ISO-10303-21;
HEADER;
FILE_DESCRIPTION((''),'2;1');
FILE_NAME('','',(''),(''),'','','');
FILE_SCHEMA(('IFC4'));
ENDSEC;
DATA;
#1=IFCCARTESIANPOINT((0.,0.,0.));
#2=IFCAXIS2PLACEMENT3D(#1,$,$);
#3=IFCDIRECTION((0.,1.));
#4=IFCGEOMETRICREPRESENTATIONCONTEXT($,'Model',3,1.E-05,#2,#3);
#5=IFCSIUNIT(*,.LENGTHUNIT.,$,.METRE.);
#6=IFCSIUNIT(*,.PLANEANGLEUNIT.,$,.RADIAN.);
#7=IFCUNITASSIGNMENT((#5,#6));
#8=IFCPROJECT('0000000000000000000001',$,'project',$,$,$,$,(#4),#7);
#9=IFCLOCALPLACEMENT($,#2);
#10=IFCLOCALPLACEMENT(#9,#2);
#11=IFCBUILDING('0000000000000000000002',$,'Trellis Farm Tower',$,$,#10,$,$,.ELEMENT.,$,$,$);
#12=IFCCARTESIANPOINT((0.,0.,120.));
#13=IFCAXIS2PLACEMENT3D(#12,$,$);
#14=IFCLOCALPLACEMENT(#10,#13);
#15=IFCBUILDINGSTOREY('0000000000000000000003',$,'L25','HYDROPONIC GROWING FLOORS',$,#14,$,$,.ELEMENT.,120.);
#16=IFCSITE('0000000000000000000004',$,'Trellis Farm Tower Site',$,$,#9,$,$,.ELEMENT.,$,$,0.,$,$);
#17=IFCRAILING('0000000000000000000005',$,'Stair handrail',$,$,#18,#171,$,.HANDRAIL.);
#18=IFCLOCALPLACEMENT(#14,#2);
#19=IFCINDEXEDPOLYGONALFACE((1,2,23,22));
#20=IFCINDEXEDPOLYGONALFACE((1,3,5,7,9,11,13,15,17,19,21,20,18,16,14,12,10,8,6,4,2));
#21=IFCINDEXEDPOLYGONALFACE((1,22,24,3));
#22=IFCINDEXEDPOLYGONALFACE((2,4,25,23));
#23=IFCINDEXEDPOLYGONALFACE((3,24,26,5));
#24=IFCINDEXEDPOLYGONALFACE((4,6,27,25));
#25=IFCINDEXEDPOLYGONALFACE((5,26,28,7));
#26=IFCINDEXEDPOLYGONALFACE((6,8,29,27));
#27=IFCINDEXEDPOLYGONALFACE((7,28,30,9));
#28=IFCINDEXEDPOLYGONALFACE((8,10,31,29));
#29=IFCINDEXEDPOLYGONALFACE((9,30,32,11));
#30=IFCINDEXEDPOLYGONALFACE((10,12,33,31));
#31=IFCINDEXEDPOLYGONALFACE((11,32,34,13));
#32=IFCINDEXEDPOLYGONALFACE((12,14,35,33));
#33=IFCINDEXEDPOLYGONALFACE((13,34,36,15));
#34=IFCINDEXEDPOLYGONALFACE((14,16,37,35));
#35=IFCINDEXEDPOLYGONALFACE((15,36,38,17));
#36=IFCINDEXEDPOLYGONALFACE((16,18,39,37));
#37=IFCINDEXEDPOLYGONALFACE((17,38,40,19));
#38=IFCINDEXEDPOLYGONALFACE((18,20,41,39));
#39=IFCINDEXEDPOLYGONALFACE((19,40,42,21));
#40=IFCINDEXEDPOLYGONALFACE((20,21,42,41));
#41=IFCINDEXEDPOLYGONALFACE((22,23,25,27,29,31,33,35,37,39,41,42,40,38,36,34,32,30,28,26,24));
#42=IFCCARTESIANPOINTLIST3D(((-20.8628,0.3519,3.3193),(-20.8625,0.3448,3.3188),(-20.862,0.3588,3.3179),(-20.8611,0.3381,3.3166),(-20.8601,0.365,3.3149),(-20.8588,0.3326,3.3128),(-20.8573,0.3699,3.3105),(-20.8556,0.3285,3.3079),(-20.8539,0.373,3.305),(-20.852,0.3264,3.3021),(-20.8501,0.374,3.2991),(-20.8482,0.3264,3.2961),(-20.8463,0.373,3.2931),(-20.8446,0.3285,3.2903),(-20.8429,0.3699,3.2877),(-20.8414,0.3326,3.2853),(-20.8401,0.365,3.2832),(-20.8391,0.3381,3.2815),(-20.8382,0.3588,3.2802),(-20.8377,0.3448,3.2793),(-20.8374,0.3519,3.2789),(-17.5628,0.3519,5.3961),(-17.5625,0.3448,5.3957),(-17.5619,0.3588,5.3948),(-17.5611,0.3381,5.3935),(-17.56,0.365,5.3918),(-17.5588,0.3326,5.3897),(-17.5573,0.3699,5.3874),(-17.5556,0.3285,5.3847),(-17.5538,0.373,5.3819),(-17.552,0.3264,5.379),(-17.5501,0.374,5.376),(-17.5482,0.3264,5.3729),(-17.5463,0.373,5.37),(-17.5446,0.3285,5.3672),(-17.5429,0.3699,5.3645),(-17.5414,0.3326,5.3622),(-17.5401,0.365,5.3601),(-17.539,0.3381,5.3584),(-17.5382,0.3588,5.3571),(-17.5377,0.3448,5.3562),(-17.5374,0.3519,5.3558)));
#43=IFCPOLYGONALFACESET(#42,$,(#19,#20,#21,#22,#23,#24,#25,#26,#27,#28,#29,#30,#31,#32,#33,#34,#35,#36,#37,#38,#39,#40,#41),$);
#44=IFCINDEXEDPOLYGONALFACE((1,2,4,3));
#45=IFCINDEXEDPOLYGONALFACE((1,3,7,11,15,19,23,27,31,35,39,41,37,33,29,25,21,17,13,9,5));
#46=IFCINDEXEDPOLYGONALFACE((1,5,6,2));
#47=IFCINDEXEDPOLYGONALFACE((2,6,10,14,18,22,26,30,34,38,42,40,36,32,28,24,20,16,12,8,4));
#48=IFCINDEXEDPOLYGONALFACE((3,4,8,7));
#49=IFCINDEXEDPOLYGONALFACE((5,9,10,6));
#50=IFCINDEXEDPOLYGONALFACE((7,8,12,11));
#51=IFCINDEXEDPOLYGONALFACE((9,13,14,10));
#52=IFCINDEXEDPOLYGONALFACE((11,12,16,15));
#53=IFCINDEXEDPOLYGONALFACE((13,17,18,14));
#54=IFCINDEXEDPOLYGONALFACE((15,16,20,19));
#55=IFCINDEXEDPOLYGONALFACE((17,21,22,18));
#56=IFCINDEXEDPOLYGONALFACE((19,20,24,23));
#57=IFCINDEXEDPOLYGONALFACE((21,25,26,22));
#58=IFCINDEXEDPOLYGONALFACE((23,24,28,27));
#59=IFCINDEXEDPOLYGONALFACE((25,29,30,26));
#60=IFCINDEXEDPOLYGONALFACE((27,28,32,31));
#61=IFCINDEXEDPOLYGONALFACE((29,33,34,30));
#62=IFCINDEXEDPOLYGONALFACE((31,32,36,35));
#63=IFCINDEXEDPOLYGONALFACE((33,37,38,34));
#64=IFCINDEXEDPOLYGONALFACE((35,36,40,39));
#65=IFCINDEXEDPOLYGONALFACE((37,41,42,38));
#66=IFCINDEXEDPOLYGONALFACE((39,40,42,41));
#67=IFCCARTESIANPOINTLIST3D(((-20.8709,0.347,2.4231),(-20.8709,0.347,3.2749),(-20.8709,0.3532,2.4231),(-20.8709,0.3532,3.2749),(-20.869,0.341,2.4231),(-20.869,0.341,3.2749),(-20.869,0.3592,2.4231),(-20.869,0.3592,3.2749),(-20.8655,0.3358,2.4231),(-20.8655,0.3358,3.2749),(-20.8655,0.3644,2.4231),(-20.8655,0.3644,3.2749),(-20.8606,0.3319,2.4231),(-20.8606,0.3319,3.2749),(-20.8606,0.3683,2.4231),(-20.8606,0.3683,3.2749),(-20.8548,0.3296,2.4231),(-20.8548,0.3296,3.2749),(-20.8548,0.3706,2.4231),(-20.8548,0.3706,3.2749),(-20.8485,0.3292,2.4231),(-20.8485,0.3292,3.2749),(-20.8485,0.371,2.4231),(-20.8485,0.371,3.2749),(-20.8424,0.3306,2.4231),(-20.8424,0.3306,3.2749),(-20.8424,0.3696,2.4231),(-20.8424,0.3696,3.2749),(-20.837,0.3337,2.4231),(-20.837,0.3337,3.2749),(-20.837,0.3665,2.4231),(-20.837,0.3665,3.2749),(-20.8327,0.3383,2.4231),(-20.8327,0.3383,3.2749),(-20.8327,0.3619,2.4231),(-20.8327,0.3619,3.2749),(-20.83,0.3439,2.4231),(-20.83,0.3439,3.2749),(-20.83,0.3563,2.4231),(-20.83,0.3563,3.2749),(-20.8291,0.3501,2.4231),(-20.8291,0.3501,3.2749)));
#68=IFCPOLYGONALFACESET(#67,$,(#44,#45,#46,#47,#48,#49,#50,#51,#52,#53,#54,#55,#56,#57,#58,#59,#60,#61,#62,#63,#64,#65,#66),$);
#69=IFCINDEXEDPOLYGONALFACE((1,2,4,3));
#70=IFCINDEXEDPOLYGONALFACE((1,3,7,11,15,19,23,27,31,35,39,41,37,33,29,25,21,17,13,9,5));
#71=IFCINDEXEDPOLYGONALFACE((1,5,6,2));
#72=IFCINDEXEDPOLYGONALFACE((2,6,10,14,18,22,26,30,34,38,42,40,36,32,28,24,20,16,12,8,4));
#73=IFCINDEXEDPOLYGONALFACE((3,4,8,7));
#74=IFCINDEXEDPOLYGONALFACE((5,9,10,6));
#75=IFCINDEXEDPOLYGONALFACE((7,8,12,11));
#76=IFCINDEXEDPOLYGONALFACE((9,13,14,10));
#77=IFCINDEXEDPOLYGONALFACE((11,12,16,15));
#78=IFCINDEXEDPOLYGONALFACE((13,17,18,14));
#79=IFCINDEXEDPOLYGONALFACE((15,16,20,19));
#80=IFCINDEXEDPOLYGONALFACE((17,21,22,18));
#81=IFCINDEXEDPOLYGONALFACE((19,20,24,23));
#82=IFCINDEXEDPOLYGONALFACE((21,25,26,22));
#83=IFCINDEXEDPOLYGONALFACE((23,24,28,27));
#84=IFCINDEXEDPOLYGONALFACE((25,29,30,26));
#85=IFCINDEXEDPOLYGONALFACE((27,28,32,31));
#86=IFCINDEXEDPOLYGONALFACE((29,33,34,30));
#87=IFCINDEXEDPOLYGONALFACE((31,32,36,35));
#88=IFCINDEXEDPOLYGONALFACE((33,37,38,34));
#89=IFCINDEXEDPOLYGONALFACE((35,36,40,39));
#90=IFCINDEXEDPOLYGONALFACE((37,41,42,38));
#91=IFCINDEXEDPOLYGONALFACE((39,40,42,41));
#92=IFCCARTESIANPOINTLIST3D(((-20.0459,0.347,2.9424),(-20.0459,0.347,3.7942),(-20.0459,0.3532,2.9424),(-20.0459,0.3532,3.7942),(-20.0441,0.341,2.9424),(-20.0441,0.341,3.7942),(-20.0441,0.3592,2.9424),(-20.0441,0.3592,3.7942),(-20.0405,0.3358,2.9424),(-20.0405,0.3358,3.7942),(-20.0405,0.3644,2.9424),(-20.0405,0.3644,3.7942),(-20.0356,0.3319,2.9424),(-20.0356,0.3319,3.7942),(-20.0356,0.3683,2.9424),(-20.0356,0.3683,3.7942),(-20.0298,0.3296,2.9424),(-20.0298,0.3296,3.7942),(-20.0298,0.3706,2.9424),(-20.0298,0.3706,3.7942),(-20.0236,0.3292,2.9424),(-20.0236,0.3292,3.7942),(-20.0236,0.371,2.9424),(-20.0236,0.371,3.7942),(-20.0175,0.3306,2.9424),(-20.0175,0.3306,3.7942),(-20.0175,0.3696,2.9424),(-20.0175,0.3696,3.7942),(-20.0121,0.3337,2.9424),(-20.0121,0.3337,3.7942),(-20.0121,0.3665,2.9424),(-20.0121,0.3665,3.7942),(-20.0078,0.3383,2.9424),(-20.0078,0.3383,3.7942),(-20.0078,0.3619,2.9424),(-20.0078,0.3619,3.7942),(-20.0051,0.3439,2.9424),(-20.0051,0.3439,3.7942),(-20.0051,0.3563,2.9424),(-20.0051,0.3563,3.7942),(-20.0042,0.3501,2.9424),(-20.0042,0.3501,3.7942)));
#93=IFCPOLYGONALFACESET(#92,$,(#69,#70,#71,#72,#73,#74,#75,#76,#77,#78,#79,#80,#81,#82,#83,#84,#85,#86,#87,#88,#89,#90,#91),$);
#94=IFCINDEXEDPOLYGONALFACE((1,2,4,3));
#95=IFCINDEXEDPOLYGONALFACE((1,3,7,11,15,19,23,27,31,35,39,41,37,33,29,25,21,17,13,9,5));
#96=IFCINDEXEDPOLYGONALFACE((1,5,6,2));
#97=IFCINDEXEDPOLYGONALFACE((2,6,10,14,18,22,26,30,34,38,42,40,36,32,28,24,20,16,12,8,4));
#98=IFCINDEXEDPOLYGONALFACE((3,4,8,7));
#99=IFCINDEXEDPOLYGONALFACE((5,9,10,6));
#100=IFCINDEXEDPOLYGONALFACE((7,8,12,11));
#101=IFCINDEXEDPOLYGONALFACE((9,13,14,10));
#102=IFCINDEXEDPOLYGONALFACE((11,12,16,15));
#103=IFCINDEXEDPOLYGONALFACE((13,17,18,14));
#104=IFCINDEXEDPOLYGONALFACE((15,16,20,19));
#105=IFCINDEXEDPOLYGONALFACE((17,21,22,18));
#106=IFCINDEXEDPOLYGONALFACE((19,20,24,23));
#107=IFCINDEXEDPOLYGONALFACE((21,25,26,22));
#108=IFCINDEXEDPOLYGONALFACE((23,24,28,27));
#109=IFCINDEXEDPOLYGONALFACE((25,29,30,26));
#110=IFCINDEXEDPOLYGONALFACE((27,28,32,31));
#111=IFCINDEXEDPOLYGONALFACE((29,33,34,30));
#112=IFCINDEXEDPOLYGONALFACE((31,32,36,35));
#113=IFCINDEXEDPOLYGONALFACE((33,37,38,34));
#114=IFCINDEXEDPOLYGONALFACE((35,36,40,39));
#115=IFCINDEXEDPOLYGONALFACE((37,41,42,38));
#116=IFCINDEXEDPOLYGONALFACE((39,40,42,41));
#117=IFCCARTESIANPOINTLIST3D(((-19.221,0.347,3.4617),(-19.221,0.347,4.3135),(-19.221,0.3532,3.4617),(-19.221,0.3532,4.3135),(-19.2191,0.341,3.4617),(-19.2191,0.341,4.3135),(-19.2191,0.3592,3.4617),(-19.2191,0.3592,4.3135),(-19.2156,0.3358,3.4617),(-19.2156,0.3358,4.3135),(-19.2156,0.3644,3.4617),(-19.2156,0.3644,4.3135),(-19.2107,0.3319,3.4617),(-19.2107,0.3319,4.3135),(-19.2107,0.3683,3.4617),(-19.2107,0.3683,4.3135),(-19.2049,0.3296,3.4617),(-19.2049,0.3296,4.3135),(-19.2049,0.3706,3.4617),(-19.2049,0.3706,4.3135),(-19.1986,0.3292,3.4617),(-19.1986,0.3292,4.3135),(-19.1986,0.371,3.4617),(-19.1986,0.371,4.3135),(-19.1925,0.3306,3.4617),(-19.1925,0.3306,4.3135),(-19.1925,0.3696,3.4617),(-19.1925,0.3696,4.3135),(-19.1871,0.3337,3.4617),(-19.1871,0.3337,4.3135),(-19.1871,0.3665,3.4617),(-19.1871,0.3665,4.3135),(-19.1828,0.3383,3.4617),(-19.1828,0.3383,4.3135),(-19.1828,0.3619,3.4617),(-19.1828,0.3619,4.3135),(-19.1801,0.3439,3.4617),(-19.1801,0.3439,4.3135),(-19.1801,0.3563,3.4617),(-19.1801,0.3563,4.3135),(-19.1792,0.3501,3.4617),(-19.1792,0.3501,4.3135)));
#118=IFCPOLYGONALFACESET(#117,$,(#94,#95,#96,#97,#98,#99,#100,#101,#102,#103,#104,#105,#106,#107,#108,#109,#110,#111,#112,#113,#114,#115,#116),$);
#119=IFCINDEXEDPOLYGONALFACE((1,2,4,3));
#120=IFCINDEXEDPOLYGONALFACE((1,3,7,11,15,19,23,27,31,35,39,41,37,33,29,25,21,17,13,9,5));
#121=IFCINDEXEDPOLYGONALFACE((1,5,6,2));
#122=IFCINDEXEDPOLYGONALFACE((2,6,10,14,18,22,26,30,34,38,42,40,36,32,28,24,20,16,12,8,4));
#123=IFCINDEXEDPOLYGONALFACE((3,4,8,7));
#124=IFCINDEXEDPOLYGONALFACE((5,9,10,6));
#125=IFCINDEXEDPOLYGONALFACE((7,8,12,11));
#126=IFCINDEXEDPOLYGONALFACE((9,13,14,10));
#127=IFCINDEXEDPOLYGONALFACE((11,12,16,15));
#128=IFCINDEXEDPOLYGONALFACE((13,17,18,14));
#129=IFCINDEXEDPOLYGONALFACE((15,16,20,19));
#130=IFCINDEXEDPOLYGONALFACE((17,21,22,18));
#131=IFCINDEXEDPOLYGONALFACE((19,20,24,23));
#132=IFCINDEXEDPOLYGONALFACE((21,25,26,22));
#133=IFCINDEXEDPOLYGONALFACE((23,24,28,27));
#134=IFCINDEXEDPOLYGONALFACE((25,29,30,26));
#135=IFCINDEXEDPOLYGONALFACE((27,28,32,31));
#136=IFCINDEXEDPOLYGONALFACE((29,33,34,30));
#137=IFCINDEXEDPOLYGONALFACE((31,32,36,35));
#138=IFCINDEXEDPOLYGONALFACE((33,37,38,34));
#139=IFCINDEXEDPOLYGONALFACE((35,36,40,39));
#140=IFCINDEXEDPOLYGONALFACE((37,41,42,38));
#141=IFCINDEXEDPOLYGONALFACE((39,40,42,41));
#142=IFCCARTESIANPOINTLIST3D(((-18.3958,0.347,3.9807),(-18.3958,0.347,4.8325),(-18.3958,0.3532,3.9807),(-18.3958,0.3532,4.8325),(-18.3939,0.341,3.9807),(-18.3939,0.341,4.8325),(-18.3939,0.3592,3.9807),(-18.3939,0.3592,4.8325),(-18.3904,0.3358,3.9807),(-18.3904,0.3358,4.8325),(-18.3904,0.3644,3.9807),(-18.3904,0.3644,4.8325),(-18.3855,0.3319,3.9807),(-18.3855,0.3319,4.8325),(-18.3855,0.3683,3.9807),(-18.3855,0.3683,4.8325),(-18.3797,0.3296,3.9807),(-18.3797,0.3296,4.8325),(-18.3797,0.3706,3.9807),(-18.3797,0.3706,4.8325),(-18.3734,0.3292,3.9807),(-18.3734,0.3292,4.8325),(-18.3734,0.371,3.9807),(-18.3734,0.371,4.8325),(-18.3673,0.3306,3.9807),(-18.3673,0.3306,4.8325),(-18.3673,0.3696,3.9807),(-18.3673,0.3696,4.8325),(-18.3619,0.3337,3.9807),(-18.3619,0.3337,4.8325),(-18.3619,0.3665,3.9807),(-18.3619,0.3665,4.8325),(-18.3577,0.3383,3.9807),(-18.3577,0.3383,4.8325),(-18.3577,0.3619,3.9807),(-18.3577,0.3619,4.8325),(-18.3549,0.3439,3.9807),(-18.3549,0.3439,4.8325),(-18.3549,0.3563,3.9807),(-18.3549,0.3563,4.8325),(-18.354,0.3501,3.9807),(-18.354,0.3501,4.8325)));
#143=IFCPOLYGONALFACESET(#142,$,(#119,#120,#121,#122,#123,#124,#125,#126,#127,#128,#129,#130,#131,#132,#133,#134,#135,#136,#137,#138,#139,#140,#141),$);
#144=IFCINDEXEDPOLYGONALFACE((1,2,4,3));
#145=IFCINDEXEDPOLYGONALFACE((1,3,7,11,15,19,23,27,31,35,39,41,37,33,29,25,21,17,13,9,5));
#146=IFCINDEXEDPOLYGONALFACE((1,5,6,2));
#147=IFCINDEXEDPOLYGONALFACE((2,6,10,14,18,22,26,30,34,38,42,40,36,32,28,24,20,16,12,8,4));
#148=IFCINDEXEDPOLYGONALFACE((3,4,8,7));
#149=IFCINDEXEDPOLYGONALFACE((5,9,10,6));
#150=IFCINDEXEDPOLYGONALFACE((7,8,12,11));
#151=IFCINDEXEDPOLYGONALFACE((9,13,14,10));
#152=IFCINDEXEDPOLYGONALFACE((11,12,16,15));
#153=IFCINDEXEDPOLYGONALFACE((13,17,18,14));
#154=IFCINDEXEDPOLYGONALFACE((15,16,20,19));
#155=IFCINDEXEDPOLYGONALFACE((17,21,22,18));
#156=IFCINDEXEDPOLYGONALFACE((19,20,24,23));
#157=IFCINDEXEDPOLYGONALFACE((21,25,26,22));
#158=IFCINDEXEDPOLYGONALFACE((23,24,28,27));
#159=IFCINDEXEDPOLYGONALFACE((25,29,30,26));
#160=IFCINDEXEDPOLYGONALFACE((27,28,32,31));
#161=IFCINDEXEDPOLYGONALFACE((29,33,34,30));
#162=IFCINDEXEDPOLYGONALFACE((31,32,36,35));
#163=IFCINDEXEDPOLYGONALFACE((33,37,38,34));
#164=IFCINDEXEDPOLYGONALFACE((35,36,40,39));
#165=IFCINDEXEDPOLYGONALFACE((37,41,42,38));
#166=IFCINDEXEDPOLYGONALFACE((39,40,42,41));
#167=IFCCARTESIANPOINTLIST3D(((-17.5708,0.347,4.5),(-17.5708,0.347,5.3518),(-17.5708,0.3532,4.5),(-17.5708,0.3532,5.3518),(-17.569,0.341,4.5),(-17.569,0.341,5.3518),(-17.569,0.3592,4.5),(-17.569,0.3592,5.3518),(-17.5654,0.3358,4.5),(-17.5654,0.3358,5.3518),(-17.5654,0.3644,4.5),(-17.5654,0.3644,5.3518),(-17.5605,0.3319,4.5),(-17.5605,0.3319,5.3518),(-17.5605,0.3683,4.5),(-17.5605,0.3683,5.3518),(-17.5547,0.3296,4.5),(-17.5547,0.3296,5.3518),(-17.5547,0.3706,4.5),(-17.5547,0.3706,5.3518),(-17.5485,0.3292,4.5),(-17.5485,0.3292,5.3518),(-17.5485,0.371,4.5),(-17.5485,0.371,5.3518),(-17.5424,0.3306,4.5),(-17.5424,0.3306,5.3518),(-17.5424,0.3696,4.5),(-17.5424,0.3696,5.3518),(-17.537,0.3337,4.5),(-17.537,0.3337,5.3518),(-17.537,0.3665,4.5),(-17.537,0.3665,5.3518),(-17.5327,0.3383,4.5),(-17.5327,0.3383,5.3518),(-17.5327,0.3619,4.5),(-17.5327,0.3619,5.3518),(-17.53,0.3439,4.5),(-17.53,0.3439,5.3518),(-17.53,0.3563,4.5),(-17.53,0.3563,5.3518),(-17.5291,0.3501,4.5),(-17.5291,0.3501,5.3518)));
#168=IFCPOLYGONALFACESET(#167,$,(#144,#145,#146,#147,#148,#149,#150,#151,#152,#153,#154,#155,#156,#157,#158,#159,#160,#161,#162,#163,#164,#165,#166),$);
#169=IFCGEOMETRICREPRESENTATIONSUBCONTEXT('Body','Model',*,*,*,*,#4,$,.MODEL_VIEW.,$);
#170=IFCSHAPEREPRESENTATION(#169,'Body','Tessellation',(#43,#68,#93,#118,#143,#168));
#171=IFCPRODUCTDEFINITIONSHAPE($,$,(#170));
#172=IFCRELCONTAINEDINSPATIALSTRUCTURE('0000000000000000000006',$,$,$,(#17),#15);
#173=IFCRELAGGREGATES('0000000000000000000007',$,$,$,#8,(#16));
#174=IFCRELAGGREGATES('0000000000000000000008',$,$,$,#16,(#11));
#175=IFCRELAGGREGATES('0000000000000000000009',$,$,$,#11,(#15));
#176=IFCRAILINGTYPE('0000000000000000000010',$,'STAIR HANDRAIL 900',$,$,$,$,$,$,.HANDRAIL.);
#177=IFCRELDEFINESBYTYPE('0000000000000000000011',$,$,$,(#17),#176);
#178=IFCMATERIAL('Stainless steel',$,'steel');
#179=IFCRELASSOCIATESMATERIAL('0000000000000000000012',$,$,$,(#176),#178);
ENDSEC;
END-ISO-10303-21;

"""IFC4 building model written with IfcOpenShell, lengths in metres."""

from ifc_helpers import new_model, si_unit, direction, frame, origin, origin_2d, place, context, subcontext, project, spatial, circle, extrude, source, transform, mapped, material, type_object, element, save


model = new_model("IFC4")

# Units and contexts
model_context = context("Model", 3, precision=1e-05, world=origin(), true_north=direction((0.0, 1.0)))
body_context = subcontext(model_context, "Body", "Model", "MODEL_VIEW")
ifc_project = project(units=[si_unit("LENGTHUNIT", "METRE"), si_unit("PLANEANGLEUNIT", "RADIAN")], contexts=[model_context])

# Site, building, storey
site_placement = place(None, origin())
site = spatial("IfcSite", under=ifc_project, at=site_placement, Name="Trellis Farm Tower Site", CompositionType="ELEMENT", RefElevation=0.0)
building_placement = place(site_placement, origin())
building = spatial("IfcBuilding", under=site, at=building_placement, Name="Trellis Farm Tower", CompositionType="ELEMENT")
storey_placement = place(building_placement, frame((0.0, 0.0, 120.0)))
storey = spatial("IfcBuildingStorey", under=building, at=storey_placement, Name="L25", Description="HYDROPONIC GROWING FLOORS", CompositionType="ELEMENT", Elevation=120.0)

# Railing
ifc_material_1 = material(Name="Stainless steel", Category="steel")
railing_type = type_object("IfcRailingType", Name="STAIR HANDRAIL 900", PredefinedType="HANDRAIL", material=ifc_material_1)
shared_shape_1 = source(origin(), body_context, "Body", "SweptSolid", [
    extrude(circle(Radius=0.0239, at=origin_2d()), frame((0.0, 0.0, 0.876), z_axis=(0.846337, 0.0, 0.532647), x_axis=(0.0, 1.0, 0.0)), (0.0, 0.0, 1.0), 3.8992),
    extrude(circle(Radius=0.021, at=origin_2d()), origin(), (0.0, 0.0, 1.0), 0.8518),
    extrude(circle(Radius=0.021, at=origin_2d()), frame((0.825, 0.0, 0.5193)), (0.0, 0.0, 1.0), 0.8518),
    extrude(circle(Radius=0.021, at=origin_2d()), frame((1.6499, 0.0, 1.0386)), (0.0, 0.0, 1.0), 0.8518),
    extrude(circle(Radius=0.021, at=origin_2d()), frame((2.4751, 0.0, 1.5576)), (0.0, 0.0, 1.0), 0.8518),
    extrude(circle(Radius=0.021, at=origin_2d()), frame((3.3, 0.0, 2.0769)), (0.0, 0.0, 1.0), 0.8518),
])
for number, where, name in (
    (1, (-20.8501, 0.3501, 2.4231), "Stair handrail"),
):
    element("IfcRailing", number, at=place(storey_placement, frame(where)), inside=storey, type_object=railing_type, Name=name, PredefinedType="HANDRAIL", context=body_context, shape_type="MappedRepresentation", body=[
        mapped(shared_shape_1, transform((0.0, 0.0, 0.0))),
    ])

save(model, "model.ifc")
